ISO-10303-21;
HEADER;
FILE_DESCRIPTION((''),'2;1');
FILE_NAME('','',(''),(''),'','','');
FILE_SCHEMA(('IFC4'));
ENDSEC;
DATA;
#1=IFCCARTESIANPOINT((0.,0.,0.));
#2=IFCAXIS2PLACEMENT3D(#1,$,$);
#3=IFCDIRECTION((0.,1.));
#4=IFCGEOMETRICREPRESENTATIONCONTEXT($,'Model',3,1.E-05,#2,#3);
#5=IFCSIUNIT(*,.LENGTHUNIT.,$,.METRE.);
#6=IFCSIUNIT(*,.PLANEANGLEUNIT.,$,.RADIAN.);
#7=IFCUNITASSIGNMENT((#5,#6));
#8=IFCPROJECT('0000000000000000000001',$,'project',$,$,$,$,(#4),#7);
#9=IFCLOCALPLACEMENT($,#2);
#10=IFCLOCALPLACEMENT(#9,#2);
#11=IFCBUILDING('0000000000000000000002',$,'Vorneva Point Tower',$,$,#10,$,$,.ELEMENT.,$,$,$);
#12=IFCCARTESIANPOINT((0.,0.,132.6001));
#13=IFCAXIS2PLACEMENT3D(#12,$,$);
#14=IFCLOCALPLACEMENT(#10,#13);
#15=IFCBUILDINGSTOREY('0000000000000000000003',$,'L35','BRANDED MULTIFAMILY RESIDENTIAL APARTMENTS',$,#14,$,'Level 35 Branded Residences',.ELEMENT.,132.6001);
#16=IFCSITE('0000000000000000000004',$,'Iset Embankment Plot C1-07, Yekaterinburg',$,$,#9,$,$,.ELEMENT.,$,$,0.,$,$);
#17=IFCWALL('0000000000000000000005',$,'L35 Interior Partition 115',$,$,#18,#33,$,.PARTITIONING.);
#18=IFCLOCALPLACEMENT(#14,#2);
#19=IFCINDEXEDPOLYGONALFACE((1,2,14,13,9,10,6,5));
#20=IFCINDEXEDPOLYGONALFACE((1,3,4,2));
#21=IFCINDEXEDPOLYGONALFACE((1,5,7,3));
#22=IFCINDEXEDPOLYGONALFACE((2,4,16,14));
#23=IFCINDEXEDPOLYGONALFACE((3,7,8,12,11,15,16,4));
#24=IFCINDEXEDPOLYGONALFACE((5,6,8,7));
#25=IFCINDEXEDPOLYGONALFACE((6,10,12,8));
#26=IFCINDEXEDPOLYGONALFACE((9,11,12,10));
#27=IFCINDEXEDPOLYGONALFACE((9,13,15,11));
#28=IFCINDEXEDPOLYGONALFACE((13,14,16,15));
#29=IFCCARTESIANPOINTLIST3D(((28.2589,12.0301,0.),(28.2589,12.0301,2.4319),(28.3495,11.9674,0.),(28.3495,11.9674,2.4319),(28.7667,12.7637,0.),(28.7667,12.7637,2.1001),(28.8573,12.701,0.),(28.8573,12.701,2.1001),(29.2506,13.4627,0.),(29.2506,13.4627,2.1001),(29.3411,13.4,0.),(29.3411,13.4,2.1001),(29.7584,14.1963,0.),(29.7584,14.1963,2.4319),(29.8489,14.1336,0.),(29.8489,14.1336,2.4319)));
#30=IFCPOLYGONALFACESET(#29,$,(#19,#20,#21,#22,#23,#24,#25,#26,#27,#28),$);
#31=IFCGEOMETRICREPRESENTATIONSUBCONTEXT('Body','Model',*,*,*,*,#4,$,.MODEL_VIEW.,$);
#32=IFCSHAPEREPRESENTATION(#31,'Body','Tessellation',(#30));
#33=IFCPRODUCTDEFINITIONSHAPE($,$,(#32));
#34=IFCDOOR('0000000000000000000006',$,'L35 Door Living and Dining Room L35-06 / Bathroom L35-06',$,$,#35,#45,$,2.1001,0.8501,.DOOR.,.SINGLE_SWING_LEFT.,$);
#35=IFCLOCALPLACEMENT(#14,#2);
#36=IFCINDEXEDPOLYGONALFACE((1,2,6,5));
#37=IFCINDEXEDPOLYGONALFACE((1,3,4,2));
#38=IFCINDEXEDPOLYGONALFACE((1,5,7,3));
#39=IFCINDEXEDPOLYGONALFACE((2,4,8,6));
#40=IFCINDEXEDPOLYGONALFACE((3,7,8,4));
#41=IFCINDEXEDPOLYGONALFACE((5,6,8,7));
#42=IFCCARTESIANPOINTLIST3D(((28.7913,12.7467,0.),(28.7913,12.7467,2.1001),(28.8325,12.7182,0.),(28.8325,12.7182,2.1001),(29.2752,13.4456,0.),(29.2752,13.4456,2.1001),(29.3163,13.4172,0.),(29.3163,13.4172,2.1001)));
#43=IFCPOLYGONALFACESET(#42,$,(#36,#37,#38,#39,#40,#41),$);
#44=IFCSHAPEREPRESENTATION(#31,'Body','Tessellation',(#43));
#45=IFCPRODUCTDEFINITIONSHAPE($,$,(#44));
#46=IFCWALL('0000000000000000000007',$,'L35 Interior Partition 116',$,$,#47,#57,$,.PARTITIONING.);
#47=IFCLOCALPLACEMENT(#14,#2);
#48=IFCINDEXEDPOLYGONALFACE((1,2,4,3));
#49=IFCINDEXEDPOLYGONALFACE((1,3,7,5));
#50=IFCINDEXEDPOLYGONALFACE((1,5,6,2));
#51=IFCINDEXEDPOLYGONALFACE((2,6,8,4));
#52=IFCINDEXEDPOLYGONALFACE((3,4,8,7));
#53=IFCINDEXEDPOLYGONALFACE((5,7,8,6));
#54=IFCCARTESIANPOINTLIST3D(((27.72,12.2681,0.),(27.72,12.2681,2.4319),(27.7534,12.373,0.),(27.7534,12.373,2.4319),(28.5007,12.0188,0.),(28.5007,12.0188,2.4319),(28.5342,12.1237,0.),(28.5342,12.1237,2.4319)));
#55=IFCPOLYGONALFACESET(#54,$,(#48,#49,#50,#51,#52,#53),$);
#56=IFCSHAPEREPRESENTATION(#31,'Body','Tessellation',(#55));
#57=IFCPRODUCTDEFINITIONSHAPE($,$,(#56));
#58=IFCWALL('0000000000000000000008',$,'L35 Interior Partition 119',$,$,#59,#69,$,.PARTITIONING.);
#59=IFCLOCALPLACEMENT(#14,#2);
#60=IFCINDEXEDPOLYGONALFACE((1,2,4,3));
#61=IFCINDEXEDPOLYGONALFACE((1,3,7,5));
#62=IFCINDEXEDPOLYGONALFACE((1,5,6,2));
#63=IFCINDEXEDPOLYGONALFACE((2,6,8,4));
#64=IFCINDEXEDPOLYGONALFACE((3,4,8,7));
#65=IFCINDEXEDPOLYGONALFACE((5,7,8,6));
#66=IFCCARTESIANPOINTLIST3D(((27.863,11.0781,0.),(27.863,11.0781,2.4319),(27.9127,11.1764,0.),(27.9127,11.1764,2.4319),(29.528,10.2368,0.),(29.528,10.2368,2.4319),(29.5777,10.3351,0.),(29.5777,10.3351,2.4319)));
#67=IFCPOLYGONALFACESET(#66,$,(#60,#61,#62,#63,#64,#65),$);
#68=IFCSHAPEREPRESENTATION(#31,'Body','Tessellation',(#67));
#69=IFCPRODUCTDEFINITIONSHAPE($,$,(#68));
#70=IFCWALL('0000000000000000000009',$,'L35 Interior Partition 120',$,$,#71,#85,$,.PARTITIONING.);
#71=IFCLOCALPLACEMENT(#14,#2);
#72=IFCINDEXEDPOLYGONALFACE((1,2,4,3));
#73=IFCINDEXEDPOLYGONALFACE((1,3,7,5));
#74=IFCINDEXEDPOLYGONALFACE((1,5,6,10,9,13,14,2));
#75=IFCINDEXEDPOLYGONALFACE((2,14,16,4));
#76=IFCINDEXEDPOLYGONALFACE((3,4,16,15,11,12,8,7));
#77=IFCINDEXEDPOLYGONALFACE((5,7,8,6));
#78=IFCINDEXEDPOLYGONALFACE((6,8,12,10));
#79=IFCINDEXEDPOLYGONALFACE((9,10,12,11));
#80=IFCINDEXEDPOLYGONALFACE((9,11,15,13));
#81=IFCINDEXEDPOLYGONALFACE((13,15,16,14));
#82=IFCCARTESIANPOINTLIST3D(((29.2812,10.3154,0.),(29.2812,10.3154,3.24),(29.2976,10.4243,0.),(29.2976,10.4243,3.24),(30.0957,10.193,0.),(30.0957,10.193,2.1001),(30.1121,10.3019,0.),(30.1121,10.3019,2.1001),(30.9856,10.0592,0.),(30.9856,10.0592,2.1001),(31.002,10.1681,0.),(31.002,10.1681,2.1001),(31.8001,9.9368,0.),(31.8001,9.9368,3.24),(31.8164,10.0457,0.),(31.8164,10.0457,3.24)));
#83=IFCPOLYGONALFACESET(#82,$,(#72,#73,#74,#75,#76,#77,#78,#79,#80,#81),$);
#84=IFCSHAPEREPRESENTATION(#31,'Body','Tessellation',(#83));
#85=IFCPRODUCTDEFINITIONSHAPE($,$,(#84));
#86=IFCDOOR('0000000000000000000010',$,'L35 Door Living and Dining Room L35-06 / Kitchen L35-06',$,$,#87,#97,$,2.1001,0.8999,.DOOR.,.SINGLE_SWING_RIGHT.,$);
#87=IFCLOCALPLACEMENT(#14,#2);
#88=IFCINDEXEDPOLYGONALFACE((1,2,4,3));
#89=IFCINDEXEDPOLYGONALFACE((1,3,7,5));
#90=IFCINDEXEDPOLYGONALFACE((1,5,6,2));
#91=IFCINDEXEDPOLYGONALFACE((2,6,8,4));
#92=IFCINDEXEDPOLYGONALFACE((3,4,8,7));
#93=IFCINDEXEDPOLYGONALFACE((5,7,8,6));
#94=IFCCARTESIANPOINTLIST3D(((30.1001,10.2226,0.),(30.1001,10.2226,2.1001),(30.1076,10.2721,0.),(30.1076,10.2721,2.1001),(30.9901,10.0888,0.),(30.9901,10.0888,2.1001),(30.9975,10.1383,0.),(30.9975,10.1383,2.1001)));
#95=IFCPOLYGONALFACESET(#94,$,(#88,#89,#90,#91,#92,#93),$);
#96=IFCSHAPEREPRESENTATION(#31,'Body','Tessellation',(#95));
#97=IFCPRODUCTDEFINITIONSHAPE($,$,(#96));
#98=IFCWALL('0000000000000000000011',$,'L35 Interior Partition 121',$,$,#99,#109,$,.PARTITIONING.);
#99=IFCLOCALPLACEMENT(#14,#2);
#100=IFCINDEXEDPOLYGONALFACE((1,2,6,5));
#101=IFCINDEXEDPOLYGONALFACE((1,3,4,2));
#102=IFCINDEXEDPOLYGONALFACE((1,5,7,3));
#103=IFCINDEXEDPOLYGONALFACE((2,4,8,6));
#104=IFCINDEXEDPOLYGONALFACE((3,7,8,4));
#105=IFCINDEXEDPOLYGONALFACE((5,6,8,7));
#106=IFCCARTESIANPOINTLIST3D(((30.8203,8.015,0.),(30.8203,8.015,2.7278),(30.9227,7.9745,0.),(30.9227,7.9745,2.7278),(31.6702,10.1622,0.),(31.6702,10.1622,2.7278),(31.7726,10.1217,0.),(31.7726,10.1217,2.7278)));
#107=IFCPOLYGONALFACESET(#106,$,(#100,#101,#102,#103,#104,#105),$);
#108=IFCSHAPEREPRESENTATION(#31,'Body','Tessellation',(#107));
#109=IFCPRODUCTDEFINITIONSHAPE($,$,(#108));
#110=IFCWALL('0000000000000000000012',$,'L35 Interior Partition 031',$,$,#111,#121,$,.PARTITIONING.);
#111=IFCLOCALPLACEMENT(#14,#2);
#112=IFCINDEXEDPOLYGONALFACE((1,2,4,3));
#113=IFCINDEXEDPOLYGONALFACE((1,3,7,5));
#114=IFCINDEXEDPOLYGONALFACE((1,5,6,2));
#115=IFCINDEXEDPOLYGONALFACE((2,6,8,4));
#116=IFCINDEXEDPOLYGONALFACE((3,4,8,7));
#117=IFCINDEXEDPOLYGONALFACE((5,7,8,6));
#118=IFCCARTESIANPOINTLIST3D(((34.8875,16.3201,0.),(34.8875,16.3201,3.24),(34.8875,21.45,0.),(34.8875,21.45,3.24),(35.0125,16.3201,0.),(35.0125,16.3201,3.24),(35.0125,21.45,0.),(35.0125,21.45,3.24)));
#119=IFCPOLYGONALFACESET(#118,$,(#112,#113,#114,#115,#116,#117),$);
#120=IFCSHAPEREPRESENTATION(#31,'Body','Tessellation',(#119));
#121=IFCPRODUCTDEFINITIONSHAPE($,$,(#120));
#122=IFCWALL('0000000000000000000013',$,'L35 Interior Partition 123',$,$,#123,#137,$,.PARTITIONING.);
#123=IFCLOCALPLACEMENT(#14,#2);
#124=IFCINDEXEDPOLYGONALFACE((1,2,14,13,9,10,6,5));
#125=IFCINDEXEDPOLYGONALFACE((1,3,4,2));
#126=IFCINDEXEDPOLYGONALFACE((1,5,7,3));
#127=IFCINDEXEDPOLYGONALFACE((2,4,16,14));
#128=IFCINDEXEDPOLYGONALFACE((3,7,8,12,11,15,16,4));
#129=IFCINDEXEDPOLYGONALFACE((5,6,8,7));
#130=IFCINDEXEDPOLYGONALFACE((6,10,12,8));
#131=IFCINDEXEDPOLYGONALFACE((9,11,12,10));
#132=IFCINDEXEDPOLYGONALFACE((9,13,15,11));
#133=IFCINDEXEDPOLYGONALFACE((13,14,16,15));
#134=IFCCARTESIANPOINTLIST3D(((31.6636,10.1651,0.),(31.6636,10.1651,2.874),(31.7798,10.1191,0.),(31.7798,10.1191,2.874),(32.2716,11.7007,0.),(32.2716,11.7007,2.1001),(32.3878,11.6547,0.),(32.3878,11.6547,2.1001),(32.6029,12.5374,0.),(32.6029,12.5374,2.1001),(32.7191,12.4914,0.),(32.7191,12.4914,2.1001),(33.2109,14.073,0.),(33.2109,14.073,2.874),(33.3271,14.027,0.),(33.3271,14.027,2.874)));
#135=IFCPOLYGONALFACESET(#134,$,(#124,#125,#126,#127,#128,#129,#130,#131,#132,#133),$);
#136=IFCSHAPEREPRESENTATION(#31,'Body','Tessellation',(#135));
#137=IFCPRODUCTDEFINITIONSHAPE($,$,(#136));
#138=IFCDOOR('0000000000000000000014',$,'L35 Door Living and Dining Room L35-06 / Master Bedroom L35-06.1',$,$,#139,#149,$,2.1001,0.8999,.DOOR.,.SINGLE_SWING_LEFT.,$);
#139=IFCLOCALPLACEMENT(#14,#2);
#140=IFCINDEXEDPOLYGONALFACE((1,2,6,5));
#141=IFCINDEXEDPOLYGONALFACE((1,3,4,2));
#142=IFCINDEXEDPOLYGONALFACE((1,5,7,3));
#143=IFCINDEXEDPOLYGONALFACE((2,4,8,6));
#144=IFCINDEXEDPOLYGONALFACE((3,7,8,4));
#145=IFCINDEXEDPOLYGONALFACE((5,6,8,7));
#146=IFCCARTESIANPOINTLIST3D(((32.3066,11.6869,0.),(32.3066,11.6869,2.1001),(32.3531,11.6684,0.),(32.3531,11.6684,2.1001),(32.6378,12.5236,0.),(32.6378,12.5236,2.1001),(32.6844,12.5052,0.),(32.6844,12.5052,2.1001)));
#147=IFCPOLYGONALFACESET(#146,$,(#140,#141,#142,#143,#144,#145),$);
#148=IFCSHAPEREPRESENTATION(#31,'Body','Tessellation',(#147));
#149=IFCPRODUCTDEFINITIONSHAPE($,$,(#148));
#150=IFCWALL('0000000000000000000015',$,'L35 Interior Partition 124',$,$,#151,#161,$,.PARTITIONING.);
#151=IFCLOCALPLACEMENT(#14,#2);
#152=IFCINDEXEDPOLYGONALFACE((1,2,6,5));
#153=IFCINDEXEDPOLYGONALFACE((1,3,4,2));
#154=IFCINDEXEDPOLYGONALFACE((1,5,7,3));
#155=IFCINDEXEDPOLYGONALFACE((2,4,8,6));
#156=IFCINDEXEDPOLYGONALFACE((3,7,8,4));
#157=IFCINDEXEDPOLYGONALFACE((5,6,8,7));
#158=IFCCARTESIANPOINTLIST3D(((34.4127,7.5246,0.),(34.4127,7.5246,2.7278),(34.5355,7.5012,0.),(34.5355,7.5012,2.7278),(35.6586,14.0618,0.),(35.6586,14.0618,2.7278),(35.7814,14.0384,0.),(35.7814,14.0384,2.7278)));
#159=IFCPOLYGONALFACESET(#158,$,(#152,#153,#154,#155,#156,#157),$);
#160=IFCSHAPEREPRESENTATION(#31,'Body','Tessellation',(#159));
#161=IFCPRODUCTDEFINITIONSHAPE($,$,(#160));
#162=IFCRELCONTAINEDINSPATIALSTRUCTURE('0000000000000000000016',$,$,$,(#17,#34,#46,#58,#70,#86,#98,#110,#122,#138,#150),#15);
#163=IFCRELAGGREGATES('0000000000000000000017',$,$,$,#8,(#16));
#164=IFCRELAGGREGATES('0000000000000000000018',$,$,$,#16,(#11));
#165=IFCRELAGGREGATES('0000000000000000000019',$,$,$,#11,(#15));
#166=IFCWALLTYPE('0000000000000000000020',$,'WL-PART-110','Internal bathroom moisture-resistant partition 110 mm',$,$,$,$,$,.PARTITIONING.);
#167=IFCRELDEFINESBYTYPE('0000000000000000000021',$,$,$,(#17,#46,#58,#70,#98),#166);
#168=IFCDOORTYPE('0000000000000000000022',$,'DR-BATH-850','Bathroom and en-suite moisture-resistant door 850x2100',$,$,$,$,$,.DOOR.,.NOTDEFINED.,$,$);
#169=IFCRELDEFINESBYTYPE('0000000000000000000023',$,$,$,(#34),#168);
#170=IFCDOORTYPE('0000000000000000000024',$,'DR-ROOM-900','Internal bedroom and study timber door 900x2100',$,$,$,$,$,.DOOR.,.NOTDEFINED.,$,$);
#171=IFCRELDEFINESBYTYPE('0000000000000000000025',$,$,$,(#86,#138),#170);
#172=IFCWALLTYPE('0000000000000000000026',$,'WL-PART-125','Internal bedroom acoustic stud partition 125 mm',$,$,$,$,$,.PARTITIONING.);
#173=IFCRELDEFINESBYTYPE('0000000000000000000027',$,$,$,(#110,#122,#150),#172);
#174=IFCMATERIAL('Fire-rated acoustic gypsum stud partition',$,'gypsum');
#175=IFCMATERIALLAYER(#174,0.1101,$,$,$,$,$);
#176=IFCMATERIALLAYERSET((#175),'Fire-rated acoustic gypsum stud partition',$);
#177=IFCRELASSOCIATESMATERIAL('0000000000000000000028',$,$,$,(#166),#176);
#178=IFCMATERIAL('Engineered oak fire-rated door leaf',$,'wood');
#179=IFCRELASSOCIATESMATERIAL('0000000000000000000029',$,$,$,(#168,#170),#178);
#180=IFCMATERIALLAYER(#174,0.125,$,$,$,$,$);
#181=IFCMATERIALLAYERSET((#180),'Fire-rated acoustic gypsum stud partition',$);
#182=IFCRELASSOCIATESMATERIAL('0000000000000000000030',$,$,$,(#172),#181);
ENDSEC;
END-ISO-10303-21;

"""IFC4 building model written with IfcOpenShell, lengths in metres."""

from ifc_helpers import new_model, si_unit, direction, frame, frame_2d, origin, place, context, subcontext, project, spatial, rectangle, extrude, material, layer, layer_set, type_object, element, fill, save


model = new_model("IFC4")

# Units and contexts
model_context = context("Model", 3, precision=1e-05, world=origin(), true_north=direction((0.0, 1.0)))
body_context = subcontext(model_context, "Body", "Model", "MODEL_VIEW")
ifc_project = project(units=[si_unit("LENGTHUNIT", "METRE"), si_unit("PLANEANGLEUNIT", "RADIAN")], contexts=[model_context])

# Site, building, storey
site_placement = place(None, origin())
site = spatial("IfcSite", under=ifc_project, at=site_placement, Name="Iset Embankment Plot C1-07, Yekaterinburg", CompositionType="ELEMENT", RefElevation=0.0)
building_placement = place(site_placement, origin())
building = spatial("IfcBuilding", under=site, at=building_placement, Name="Vorneva Point Tower", CompositionType="ELEMENT")
storey_placement = place(building_placement, frame((0.0, 0.0, 132.6001)))
storey = spatial("IfcBuildingStorey", under=building, at=storey_placement, Name="L35", Description="BRANDED MULTIFAMILY RESIDENTIAL APARTMENTS", LongName="Level 35 Branded Residences", CompositionType="ELEMENT", Elevation=132.6001)

# Wall, opening, door
ifc_material_1 = material(Name="Fire-rated acoustic gypsum stud partition", Category="gypsum")
ifc_layer_1 = layer(ifc_material_1, 0.1101)
ifc_layer_set_1 = layer_set([ifc_layer_1], Name="Fire-rated acoustic gypsum stud partition")
wall_type_1 = type_object("IfcWallType", Name="WL-PART-110", Description="Internal bathroom moisture-resistant partition 110 mm", PredefinedType="PARTITIONING", material=ifc_layer_set_1)
wall_1_placement = place(storey_placement, frame((29.8037, 14.165, 0.0), z_axis=(0.0, 0.0, 1.0), x_axis=(-0.569157, -0.822229, 0.0)))
wall_1 = element("IfcWall", 1, at=wall_1_placement, inside=storey, type_object=wall_type_1, Name="L35 Interior Partition 115", PredefinedType="PARTITIONING", context=body_context, shape_type="SweptSolid", body=[
    extrude(rectangle(XDim=2.6345, YDim=0.1101, at=frame_2d((1.3174, 0.0))), origin(), (0.0, 0.0, 1.0), 2.4319),
])
opening_1_placement = place(wall_1_placement, frame((0.8923, 0.0, 0.0)))
opening_1 = element("IfcOpeningElement", 2, at=opening_1_placement, cuts=wall_1, PredefinedType="OPENING", context=body_context, shape_type="SweptSolid", body=[
    extrude(rectangle(XDim=0.8501, YDim=2.1001, at=frame_2d((0.425, 1.05))), frame((0.0, 0.0698, 0.0), z_axis=(0.0, -1.0, 0.0), x_axis=(1.0, 0.0, 0.0)), (0.0, 0.0, 1.0), 0.1399),
])
ifc_material_2 = material(Name="Engineered oak fire-rated door leaf", Category="wood")
door_type_1 = type_object("IfcDoorType", Name="DR-BATH-850", Description="Bathroom and en-suite moisture-resistant door 850x2100", OperationType="NOTDEFINED", PredefinedType="DOOR", material=ifc_material_2)
door_1_placement = place(opening_1_placement, origin())
door_1 = element("IfcDoor", 3, at=door_1_placement, inside=storey, type_object=door_type_1, Name="L35 Door Living and Dining Room L35-06 / Bathroom L35-06", OperationType="SINGLE_SWING_LEFT", OverallHeight=2.1001, OverallWidth=0.8501, PredefinedType="DOOR", context=body_context, shape_type="SweptSolid", body=[
    extrude(rectangle(XDim=0.8501, YDim=2.1001, at=frame_2d((0.425, 1.05))), frame((0.0, 0.0249, 0.0), z_axis=(0.0, -1.0, 0.0), x_axis=(1.0, 0.0, 0.0)), (0.0, 0.0, 1.0), 0.05),
])
fill(opening_1, door_1)

# Walls
wall_2_placement = place(storey_placement, frame((28.5173, 12.0713, 0.0), z_axis=(0.0, 0.0, 1.0), x_axis=(-0.952628, 0.304138, 0.0)))
element("IfcWall", 4, at=wall_2_placement, inside=storey, type_object=wall_type_1, Name="L35 Interior Partition 116", PredefinedType="PARTITIONING", context=body_context, shape_type="SweptSolid", body=[
    extrude(rectangle(XDim=0.8196, YDim=0.1101, at=frame_2d((0.4097, 0.0))), origin(), (0.0, 0.0, 1.0), 2.4319),
])
wall_3_placement = place(storey_placement, frame((27.8879, 11.1272, 0.0), z_axis=(0.0, 0.0, 1.0), x_axis=(0.892535, -0.450979, 0.0)))
element("IfcWall", 5, at=wall_3_placement, inside=storey, type_object=wall_type_1, Name="L35 Interior Partition 119", PredefinedType="PARTITIONING", context=body_context, shape_type="SweptSolid", body=[
    extrude(rectangle(XDim=1.8655, YDim=0.1101, at=frame_2d((0.9326, 0.0))), origin(), (0.0, 0.0, 1.0), 2.4319),
])

# Wall, opening, door
wall_4_placement = place(storey_placement, frame((29.2896, 10.3699, 0.0), z_axis=(0.0, 0.0, 1.0), x_axis=(0.988888, -0.148664, 0.0)))
wall_4 = element("IfcWall", 6, at=wall_4_placement, inside=storey, type_object=wall_type_1, Name="L35 Interior Partition 120", PredefinedType="PARTITIONING", context=body_context, shape_type="SweptSolid", body=[
    extrude(rectangle(XDim=2.5471, YDim=0.1101, at=frame_2d((1.2734, 0.0))), origin(), (0.0, 0.0, 1.0), 3.24),
])
opening_2_placement = place(wall_4_placement, frame((0.8235, 0.0, 0.0)))
opening_2 = element("IfcOpeningElement", 7, at=opening_2_placement, cuts=wall_4, PredefinedType="OPENING", context=body_context, shape_type="SweptSolid", body=[
    extrude(rectangle(XDim=0.8999, YDim=2.1001, at=frame_2d((0.45, 1.05))), frame((0.0, 0.0698, 0.0), z_axis=(0.0, -1.0, 0.0), x_axis=(1.0, 0.0, 0.0)), (0.0, 0.0, 1.0), 0.1399),
])
door_type_2 = type_object("IfcDoorType", Name="DR-ROOM-900", Description="Internal bedroom and study timber door 900x2100", OperationType="NOTDEFINED", PredefinedType="DOOR", material=ifc_material_2)
door_2_placement = place(opening_2_placement, origin())
door_2 = element("IfcDoor", 8, at=door_2_placement, inside=storey, type_object=door_type_2, Name="L35 Door Living and Dining Room L35-06 / Kitchen L35-06", OperationType="SINGLE_SWING_RIGHT", OverallHeight=2.1001, OverallWidth=0.8999, PredefinedType="DOOR", context=body_context, shape_type="SweptSolid", body=[
    extrude(rectangle(XDim=0.8999, YDim=2.1001, at=frame_2d((0.45, 1.05))), frame((0.0, 0.0249, 0.0), z_axis=(0.0, -1.0, 0.0), x_axis=(1.0, 0.0, 0.0)), (0.0, 0.0, 1.0), 0.05),
])
fill(opening_2, door_2)

# Walls
wall_5_placement = place(storey_placement, frame((31.7214, 10.1421, 0.0), z_axis=(0.0, 0.0, 1.0), x_axis=(-0.368016, -0.929819, 0.0)))
element("IfcWall", 9, at=wall_5_placement, inside=storey, type_object=wall_type_1, Name="L35 Interior Partition 121", PredefinedType="PARTITIONING", context=body_context, shape_type="SweptSolid", body=[
    extrude(rectangle(XDim=2.3093, YDim=0.1101, at=frame_2d((1.1548, 0.0))), origin(), (0.0, 0.0, 1.0), 2.7278),
])
ifc_layer_2 = layer(ifc_material_1, 0.125)
ifc_layer_set_2 = layer_set([ifc_layer_2], Name="Fire-rated acoustic gypsum stud partition")
wall_type_2 = type_object("IfcWallType", Name="WL-PART-125", Description="Internal bedroom acoustic stud partition 125 mm", PredefinedType="PARTITIONING", material=ifc_layer_set_2)
wall_6_placement = place(storey_placement, frame((34.95, 16.3201, 0.0), z_axis=(0.0, 0.0, 1.0), x_axis=(0.0, 1.0, 0.0)))
element("IfcWall", 10, at=wall_6_placement, inside=storey, type_object=wall_type_2, Name="L35 Interior Partition 031", PredefinedType="PARTITIONING", context=body_context, shape_type="SweptSolid", body=[
    extrude(rectangle(XDim=5.1299, YDim=0.125, at=frame_2d((2.5649, 0.0))), origin(), (0.0, 0.0, 1.0), 3.24),
])

# Wall, opening, door
wall_7_placement = place(storey_placement, frame((31.7217, 10.1421, 0.0), z_axis=(0.0, 0.0, 1.0), x_axis=(0.368144, 0.929769, 0.0)))
wall_7 = element("IfcWall", 11, at=wall_7_placement, inside=storey, type_object=wall_type_2, Name="L35 Interior Partition 123", PredefinedType="PARTITIONING", context=body_context, shape_type="SweptSolid", body=[
    extrude(rectangle(XDim=4.2031, YDim=0.125, at=frame_2d((2.1016, 0.0))), origin(), (0.0, 0.0, 1.0), 2.874),
])
opening_3_placement = place(wall_7_placement, frame((1.6516, 0.0, 0.0)))
opening_3 = element("IfcOpeningElement", 12, at=opening_3_placement, cuts=wall_7, PredefinedType="OPENING", context=body_context, shape_type="SweptSolid", body=[
    extrude(rectangle(XDim=0.8999, YDim=2.1001, at=frame_2d((0.45, 1.05))), frame((0.0, 0.0774, 0.0), z_axis=(0.0, -1.0, 0.0), x_axis=(1.0, 0.0, 0.0)), (0.0, 0.0, 1.0), 0.1548),
])
door_3_placement = place(opening_3_placement, origin())
door_3 = element("IfcDoor", 13, at=door_3_placement, inside=storey, type_object=door_type_2, Name="L35 Door Living and Dining Room L35-06 / Master Bedroom L35-06.1", OperationType="SINGLE_SWING_LEFT", OverallHeight=2.1001, OverallWidth=0.8999, PredefinedType="DOOR", context=body_context, shape_type="SweptSolid", body=[
    extrude(rectangle(XDim=0.8999, YDim=2.1001, at=frame_2d((0.45, 1.05))), frame((0.0, 0.0249, 0.0), z_axis=(0.0, -1.0, 0.0), x_axis=(1.0, 0.0, 0.0)), (0.0, 0.0, 1.0), 0.05),
])
fill(opening_3, door_3)

# Wall
wall_8_placement = place(storey_placement, frame((34.4741, 7.5129, 0.0), z_axis=(0.0, 0.0, 1.0), x_axis=(0.187212, 0.98232, 0.0)))
element("IfcWall", 14, at=wall_8_placement, inside=storey, type_object=wall_type_2, Name="L35 Interior Partition 124", PredefinedType="PARTITIONING", context=body_context, shape_type="SweptSolid", body=[
    extrude(rectangle(XDim=6.6548, YDim=0.125, at=frame_2d((3.3274, 0.0))), origin(), (0.0, 0.0, 1.0), 2.7278),
])

save(model, "model.ifc")
